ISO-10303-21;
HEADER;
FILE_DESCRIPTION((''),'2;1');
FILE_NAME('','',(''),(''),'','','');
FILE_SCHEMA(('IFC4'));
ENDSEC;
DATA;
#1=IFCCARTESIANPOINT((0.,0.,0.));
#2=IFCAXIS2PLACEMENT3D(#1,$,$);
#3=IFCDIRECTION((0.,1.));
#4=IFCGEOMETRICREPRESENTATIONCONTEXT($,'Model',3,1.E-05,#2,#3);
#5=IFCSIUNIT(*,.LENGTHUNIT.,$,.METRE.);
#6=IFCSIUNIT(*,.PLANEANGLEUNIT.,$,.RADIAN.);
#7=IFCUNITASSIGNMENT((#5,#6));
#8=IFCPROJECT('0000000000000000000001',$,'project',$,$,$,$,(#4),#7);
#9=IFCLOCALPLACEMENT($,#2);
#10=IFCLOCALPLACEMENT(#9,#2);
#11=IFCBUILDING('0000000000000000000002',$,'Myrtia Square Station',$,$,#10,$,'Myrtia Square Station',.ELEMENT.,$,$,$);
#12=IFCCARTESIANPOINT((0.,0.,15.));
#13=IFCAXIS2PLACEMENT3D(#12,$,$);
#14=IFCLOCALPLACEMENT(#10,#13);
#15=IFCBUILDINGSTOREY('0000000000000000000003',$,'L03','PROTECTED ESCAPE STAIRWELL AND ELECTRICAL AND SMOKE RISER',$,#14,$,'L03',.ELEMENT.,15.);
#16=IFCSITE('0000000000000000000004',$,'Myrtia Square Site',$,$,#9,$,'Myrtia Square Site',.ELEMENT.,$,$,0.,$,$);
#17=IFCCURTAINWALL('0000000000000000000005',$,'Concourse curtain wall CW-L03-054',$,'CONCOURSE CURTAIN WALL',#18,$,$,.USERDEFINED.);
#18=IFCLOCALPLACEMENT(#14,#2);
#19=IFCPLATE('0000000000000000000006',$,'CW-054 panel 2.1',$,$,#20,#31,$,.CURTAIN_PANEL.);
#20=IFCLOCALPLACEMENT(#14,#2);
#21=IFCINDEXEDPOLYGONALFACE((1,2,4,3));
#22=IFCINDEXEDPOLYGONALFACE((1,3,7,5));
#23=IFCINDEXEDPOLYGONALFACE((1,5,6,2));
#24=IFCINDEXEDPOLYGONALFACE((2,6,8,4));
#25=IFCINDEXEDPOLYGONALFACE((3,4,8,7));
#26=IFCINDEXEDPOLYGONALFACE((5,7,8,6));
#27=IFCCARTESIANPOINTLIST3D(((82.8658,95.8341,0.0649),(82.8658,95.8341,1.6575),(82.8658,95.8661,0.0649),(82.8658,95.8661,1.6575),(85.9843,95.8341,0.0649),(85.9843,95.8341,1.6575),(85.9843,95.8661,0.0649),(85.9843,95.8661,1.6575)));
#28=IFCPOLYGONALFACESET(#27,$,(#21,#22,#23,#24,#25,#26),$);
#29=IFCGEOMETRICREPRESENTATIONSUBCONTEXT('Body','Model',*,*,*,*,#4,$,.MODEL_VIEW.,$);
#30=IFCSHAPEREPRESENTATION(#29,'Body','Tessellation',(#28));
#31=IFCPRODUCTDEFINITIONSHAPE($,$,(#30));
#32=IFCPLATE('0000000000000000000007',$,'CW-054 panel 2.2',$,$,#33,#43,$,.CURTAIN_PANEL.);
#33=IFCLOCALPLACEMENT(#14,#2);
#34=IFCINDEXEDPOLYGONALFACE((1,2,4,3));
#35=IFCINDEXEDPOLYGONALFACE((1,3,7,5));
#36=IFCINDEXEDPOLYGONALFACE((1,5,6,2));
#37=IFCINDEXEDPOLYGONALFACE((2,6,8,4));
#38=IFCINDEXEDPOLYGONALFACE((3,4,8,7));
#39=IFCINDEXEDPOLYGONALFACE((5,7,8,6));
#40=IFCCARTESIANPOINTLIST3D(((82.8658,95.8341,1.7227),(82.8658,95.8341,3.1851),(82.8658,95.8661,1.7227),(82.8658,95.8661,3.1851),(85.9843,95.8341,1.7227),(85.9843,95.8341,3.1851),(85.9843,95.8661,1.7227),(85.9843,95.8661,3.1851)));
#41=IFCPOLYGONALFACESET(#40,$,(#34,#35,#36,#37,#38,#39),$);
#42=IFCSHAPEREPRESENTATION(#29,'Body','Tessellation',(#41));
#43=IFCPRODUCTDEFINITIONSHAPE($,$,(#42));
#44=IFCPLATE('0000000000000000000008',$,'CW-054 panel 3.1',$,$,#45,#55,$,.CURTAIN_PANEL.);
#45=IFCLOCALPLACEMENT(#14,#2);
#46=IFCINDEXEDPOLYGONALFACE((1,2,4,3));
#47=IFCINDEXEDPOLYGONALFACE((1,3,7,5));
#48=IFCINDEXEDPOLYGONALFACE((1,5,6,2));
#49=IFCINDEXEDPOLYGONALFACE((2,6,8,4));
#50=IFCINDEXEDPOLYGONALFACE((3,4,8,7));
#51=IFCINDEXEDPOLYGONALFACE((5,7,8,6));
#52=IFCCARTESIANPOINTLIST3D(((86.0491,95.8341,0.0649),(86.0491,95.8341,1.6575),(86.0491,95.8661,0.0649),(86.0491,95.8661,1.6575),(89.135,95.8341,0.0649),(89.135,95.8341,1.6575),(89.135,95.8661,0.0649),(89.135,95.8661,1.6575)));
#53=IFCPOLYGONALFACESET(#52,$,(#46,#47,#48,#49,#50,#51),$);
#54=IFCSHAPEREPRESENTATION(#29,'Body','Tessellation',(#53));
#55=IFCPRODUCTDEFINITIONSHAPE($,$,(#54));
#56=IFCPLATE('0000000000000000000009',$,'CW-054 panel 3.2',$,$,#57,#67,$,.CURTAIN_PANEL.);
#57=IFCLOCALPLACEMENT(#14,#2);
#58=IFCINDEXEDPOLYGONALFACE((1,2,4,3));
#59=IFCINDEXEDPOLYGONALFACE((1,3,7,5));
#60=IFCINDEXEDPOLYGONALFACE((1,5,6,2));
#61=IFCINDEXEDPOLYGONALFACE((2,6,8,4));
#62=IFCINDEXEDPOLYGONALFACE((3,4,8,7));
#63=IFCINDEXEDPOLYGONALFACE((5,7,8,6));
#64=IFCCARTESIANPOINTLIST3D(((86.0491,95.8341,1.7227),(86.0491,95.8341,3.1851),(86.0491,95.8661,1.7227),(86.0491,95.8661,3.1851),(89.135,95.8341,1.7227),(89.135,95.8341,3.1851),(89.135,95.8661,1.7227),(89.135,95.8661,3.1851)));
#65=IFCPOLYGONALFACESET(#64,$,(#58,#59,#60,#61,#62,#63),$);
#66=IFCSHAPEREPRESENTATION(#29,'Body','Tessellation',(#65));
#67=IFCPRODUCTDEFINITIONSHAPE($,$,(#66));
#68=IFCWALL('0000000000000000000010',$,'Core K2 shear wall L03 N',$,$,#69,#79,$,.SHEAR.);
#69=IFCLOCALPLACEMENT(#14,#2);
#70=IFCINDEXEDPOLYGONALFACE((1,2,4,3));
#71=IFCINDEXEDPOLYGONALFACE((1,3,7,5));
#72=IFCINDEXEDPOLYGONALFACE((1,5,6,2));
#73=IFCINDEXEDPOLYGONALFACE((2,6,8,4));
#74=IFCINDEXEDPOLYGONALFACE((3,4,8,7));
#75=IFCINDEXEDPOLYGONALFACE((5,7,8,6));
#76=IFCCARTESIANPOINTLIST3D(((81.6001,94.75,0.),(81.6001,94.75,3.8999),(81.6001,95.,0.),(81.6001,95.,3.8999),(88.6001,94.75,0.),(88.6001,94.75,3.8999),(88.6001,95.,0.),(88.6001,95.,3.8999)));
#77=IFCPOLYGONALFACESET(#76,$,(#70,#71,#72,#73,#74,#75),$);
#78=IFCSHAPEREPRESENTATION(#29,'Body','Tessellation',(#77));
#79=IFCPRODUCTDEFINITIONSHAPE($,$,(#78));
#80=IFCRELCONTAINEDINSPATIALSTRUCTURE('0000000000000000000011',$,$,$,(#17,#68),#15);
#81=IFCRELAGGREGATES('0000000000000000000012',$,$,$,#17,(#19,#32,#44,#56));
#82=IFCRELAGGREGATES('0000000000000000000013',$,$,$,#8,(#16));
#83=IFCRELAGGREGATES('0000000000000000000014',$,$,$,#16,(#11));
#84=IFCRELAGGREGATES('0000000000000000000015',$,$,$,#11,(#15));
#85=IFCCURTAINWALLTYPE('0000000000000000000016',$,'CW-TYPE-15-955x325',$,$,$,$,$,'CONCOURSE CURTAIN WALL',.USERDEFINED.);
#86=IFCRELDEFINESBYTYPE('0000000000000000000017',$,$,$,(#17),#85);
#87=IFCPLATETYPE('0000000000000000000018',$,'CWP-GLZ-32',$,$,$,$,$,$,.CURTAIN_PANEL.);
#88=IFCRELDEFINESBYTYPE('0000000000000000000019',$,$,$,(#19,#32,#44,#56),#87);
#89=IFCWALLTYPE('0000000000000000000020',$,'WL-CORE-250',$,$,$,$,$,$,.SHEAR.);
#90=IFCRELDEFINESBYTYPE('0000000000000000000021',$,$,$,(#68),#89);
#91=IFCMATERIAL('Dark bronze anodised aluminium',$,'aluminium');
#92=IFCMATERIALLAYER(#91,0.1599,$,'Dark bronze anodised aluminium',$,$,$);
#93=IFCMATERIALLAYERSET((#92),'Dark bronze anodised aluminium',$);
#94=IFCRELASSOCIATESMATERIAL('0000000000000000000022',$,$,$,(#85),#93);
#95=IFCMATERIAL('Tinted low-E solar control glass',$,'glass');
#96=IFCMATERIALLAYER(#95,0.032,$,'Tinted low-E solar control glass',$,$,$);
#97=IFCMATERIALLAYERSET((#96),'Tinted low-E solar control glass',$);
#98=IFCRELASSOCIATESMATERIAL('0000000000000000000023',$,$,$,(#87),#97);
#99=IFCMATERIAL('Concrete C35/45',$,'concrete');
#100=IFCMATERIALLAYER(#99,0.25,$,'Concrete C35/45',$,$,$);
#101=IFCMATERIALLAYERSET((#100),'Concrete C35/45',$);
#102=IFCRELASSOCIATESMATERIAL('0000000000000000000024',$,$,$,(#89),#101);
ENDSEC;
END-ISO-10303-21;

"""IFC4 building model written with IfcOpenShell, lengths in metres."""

from ifc_helpers import new_model, si_unit, direction, frame, frame_2d, origin, origin_2d, place, context, subcontext, project, spatial, rectangle, extrude, material, layer, layer_set, type_object, element, aggregate, save


model = new_model("IFC4")

# Units and contexts
model_context = context("Model", 3, precision=1e-05, world=origin(), true_north=direction((0.0, 1.0)))
body_context = subcontext(model_context, "Body", "Model", "MODEL_VIEW")
ifc_project = project(units=[si_unit("LENGTHUNIT", "METRE"), si_unit("PLANEANGLEUNIT", "RADIAN")], contexts=[model_context])

# Site, building, storey
site_placement = place(None, origin())
site = spatial("IfcSite", under=ifc_project, at=site_placement, Name="Myrtia Square Site", LongName="Myrtia Square Site", CompositionType="ELEMENT", RefElevation=0.0)
building_placement = place(site_placement, origin())
building = spatial("IfcBuilding", under=site, at=building_placement, Name="Myrtia Square Station", LongName="Myrtia Square Station", CompositionType="ELEMENT")
storey_placement = place(building_placement, frame((0.0, 0.0, 15.0)))
storey = spatial("IfcBuildingStorey", under=building, at=storey_placement, Name="L03", Description="PROTECTED ESCAPE STAIRWELL AND ELECTRICAL AND SMOKE RISER", LongName="L03", CompositionType="ELEMENT", Elevation=15.0)

# Curtain wall
ifc_material_1 = material(Name="Dark bronze anodised aluminium", Category="aluminium")
ifc_layer_1 = layer(ifc_material_1, 0.1599, Name="Dark bronze anodised aluminium")
ifc_layer_set_1 = layer_set([ifc_layer_1], Name="Dark bronze anodised aluminium")
curtain_wall_type_1 = type_object("IfcCurtainWallType", Name="CW-TYPE-15-955x325", ElementType="CONCOURSE CURTAIN WALL", PredefinedType="USERDEFINED", material=ifc_layer_set_1)
curtain_wall_1_placement = place(storey_placement, origin())
curtain_wall_1 = element("IfcCurtainWall", 1, at=curtain_wall_1_placement, inside=storey, type_object=curtain_wall_type_1, Name="Concourse curtain wall CW-L03-054", ObjectType="CONCOURSE CURTAIN WALL", PredefinedType="USERDEFINED")

# Plates
ifc_material_2 = material(Name="Tinted low-E solar control glass", Category="glass")
ifc_layer_2 = layer(ifc_material_2, 0.032, Name="Tinted low-E solar control glass")
ifc_layer_set_2 = layer_set([ifc_layer_2], Name="Tinted low-E solar control glass")
plate_type = type_object("IfcPlateType", Name="CWP-GLZ-32", PredefinedType="CURTAIN_PANEL", material=ifc_layer_set_2)
plate_1_placement = place(storey_placement, frame((84.425, 95.8501, 0.0649), z_axis=(0.0, 0.0, 1.0), x_axis=(1.0, 0.0, 0.0)))
plate_1 = element("IfcPlate", 2, at=plate_1_placement, type_object=plate_type, Name="CW-054 panel 2.1", PredefinedType="CURTAIN_PANEL", context=body_context, shape_type="SweptSolid", body=[
    extrude(rectangle(XDim=3.1184, YDim=0.032, at=origin_2d()), origin(), (0.0, 0.0, 1.0), 1.5925),
])
plate_2_placement = place(storey_placement, frame((84.425, 95.8501, 1.7227), z_axis=(0.0, 0.0, 1.0), x_axis=(1.0, 0.0, 0.0)))
plate_2 = element("IfcPlate", 3, at=plate_2_placement, type_object=plate_type, Name="CW-054 panel 2.2", PredefinedType="CURTAIN_PANEL", context=body_context, shape_type="SweptSolid", body=[
    extrude(rectangle(XDim=3.1184, YDim=0.032, at=origin_2d()), origin(), (0.0, 0.0, 1.0), 1.4624),
])
plate_3_placement = place(storey_placement, frame((87.592, 95.8501, 0.0649), z_axis=(0.0, 0.0, 1.0), x_axis=(1.0, 0.0, 0.0)))
plate_3 = element("IfcPlate", 4, at=plate_3_placement, type_object=plate_type, Name="CW-054 panel 3.1", PredefinedType="CURTAIN_PANEL", context=body_context, shape_type="SweptSolid", body=[
    extrude(rectangle(XDim=3.0859, YDim=0.032, at=origin_2d()), origin(), (0.0, 0.0, 1.0), 1.5925),
])
plate_4_placement = place(storey_placement, frame((87.592, 95.8501, 1.7227), z_axis=(0.0, 0.0, 1.0), x_axis=(1.0, 0.0, 0.0)))
plate_4 = element("IfcPlate", 5, at=plate_4_placement, type_object=plate_type, Name="CW-054 panel 3.2", PredefinedType="CURTAIN_PANEL", context=body_context, shape_type="SweptSolid", body=[
    extrude(rectangle(XDim=3.0859, YDim=0.032, at=origin_2d()), origin(), (0.0, 0.0, 1.0), 1.4624),
])
aggregate(curtain_wall_1, [plate_1, plate_2, plate_3, plate_4])

# Wall
ifc_material_3 = material(Name="Concrete C35/45", Category="concrete")
ifc_layer_3 = layer(ifc_material_3, 0.25, Name="Concrete C35/45")
ifc_layer_set_3 = layer_set([ifc_layer_3], Name="Concrete C35/45")
wall_type = type_object("IfcWallType", Name="WL-CORE-250", PredefinedType="SHEAR", material=ifc_layer_set_3)
wall_placement = place(storey_placement, frame((81.6001, 94.875, 0.0), z_axis=(0.0, 0.0, 1.0), x_axis=(1.0, 0.0, 0.0)))
element("IfcWall", 6, at=wall_placement, inside=storey, type_object=wall_type, Name="Core K2 shear wall L03 N", PredefinedType="SHEAR", context=body_context, shape_type="SweptSolid", body=[
    extrude(rectangle(XDim=7.0, YDim=0.25, at=frame_2d((3.5, 0.0))), origin(), (0.0, 0.0, 1.0), 3.8999),
])

save(model, "model.ifc")
